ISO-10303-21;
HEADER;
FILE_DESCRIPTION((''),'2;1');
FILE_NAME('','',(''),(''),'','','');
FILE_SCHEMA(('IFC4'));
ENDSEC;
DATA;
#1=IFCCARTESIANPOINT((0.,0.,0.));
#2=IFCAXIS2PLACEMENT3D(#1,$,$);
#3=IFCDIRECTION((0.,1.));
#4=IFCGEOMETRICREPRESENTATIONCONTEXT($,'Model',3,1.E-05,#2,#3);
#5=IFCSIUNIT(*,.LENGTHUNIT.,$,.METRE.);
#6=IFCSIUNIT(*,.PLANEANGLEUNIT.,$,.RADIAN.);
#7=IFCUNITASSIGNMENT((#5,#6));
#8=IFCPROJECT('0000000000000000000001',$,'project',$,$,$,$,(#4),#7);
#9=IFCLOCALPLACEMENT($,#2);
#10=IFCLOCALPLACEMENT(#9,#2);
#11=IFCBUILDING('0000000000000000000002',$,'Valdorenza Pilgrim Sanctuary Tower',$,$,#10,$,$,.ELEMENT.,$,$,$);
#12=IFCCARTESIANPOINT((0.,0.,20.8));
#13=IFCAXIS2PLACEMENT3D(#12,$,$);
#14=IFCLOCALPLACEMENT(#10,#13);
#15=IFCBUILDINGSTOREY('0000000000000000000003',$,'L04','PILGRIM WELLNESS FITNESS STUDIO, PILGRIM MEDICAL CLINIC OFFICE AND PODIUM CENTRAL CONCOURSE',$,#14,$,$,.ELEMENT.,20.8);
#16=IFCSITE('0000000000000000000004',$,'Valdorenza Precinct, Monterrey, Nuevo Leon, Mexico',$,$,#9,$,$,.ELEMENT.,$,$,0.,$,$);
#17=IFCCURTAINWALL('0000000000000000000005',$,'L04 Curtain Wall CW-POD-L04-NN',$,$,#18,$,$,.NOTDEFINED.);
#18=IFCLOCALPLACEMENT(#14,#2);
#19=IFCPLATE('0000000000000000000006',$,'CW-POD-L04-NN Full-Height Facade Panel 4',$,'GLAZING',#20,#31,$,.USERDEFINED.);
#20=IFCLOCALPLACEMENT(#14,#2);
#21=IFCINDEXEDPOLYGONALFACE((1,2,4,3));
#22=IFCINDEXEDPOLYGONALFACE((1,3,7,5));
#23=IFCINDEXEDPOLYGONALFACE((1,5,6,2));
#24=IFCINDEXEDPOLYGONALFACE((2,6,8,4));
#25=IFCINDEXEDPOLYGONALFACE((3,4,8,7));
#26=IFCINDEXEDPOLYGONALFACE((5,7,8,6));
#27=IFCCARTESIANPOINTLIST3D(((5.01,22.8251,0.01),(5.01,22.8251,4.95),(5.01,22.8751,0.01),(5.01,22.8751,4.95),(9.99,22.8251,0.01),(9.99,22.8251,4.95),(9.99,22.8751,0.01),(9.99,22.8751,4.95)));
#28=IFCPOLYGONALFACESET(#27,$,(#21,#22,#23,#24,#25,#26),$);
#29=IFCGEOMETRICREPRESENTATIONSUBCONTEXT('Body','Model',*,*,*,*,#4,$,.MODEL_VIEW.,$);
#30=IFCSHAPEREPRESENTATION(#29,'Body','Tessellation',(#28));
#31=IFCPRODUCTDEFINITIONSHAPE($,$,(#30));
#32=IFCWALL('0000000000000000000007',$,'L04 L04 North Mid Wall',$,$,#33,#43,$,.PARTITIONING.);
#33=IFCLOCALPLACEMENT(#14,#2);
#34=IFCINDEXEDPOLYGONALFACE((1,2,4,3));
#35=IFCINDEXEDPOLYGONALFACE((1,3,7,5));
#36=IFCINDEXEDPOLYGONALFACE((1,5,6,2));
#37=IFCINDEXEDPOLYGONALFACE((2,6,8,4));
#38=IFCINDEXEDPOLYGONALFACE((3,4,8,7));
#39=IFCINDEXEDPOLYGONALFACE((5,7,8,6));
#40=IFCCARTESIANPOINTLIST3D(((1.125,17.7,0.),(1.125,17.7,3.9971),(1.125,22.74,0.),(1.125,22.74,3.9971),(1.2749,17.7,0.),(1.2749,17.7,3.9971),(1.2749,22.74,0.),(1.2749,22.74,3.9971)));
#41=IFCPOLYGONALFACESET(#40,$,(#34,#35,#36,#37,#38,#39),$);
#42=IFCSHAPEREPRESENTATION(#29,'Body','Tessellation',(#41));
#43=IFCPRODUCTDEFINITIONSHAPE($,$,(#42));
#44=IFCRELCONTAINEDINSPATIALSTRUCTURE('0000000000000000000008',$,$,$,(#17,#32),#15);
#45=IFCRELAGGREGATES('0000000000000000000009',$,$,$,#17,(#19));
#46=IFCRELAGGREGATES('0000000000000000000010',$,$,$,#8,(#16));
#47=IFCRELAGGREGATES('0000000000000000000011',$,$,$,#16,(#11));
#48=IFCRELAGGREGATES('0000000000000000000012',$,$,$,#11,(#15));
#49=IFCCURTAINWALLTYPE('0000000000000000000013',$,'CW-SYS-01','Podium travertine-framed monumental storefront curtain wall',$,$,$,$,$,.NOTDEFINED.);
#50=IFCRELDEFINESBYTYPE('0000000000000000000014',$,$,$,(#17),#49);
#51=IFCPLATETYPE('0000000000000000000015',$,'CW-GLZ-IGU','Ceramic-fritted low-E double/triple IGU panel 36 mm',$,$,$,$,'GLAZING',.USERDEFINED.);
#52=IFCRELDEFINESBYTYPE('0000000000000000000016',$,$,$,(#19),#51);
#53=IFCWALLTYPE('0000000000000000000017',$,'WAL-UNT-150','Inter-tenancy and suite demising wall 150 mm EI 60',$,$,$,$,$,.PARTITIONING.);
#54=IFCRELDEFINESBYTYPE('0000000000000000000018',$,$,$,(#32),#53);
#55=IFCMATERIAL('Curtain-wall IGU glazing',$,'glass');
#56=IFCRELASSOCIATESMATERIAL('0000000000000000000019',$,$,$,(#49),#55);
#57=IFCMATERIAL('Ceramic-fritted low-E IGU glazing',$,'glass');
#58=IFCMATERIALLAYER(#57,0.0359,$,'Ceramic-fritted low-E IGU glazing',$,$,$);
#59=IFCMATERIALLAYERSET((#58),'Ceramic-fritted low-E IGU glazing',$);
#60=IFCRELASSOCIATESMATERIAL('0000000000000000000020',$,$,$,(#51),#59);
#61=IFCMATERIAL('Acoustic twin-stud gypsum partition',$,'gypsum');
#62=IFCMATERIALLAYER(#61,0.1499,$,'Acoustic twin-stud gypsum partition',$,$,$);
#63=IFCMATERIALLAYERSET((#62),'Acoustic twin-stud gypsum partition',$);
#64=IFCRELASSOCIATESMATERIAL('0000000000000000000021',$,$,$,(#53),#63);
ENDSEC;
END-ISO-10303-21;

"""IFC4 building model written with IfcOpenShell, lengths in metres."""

from ifc_helpers import new_model, si_unit, direction, frame, frame_2d, origin, origin_2d, place, context, subcontext, project, spatial, rectangle, extrude, source, transform, mapped, material, layer, layer_set, type_object, element, aggregate, save


model = new_model("IFC4")

# Units and contexts
model_context = context("Model", 3, precision=1e-05, world=origin(), true_north=direction((0.0, 1.0)))
body_context = subcontext(model_context, "Body", "Model", "MODEL_VIEW")
ifc_project = project(units=[si_unit("LENGTHUNIT", "METRE"), si_unit("PLANEANGLEUNIT", "RADIAN")], contexts=[model_context])

# Site, building, storey
site_placement = place(None, origin())
site = spatial("IfcSite", under=ifc_project, at=site_placement, Name="Valdorenza Precinct, Monterrey, Nuevo Leon, Mexico", CompositionType="ELEMENT", RefElevation=0.0)
building_placement = place(site_placement, origin())
building = spatial("IfcBuilding", under=site, at=building_placement, Name="Valdorenza Pilgrim Sanctuary Tower", CompositionType="ELEMENT")
storey_placement = place(building_placement, frame((0.0, 0.0, 20.8)))
storey = spatial("IfcBuildingStorey", under=building, at=storey_placement, Name="L04", Description="PILGRIM WELLNESS FITNESS STUDIO, PILGRIM MEDICAL CLINIC OFFICE AND PODIUM CENTRAL CONCOURSE", CompositionType="ELEMENT", Elevation=20.8)

# Curtain wall
ifc_material_1 = material(Name="Curtain-wall IGU glazing", Category="glass")
curtain_wall_type = type_object("IfcCurtainWallType", Name="CW-SYS-01", Description="Podium travertine-framed monumental storefront curtain wall", PredefinedType="NOTDEFINED", material=ifc_material_1)
curtain_wall_placement = place(storey_placement, origin())
curtain_wall = element("IfcCurtainWall", 1, at=curtain_wall_placement, inside=storey, type_object=curtain_wall_type, Name="L04 Curtain Wall CW-POD-L04-NN", PredefinedType="NOTDEFINED")

# Plate
ifc_material_2 = material(Name="Ceramic-fritted low-E IGU glazing", Category="glass")
ifc_layer_1 = layer(ifc_material_2, 0.0359, Name="Ceramic-fritted low-E IGU glazing")
ifc_layer_set_1 = layer_set([ifc_layer_1], Name="Ceramic-fritted low-E IGU glazing")
plate_type_1 = type_object("IfcPlateType", Name="CW-GLZ-IGU", Description="Ceramic-fritted low-E double/triple IGU panel 36 mm", ElementType="GLAZING", PredefinedType="USERDEFINED", material=ifc_layer_set_1)
shared_shape_1 = source(origin(), body_context, "Body", "SweptSolid", [
    extrude(rectangle(XDim=4.98, YDim=0.05, at=origin_2d()), origin(), (0.0, 0.0, 1.0), 4.9399),
])
plate_1_placement = place(storey_placement, frame((7.5, 22.8501, 0.01), z_axis=(0.0, 0.0, 1.0), x_axis=(1.0, 0.0, 0.0)))
plate_1 = element("IfcPlate", 2, at=plate_1_placement, type_object=plate_type_1, Name="CW-POD-L04-NN Full-Height Facade Panel 4", ObjectType="GLAZING", PredefinedType="USERDEFINED", context=body_context, shape_type="MappedRepresentation", body=[
    mapped(shared_shape_1, transform((0.0, 0.0, 0.0), x_axis=(1.0, 0.0, 0.0), y_axis=(0.0, 1.0, 0.0), z_axis=(0.0, 0.0, 1.0), scale=1.0)),
])
aggregate(curtain_wall, [plate_1])

# Wall
ifc_material_3 = material(Name="Acoustic twin-stud gypsum partition", Category="gypsum")
ifc_layer_2 = layer(ifc_material_3, 0.1499, Name="Acoustic twin-stud gypsum partition")
ifc_layer_set_2 = layer_set([ifc_layer_2], Name="Acoustic twin-stud gypsum partition")
wall_type = type_object("IfcWallType", Name="WAL-UNT-150", Description="Inter-tenancy and suite demising wall 150 mm EI 60", PredefinedType="PARTITIONING", material=ifc_layer_set_2)
wall_placement = place(storey_placement, frame((1.2, 17.7, 0.0), z_axis=(0.0, 0.0, 1.0), x_axis=(0.0, 1.0, 0.0)))
element("IfcWall", 3, at=wall_placement, inside=storey, type_object=wall_type, Name="L04 L04 North Mid Wall", PredefinedType="PARTITIONING", context=body_context, shape_type="SweptSolid", body=[
    extrude(rectangle(XDim=5.04, YDim=0.1499, at=frame_2d((2.52, 0.0))), origin(), (0.0, 0.0, 1.0), 3.9971),
])

save(model, "model.ifc")
